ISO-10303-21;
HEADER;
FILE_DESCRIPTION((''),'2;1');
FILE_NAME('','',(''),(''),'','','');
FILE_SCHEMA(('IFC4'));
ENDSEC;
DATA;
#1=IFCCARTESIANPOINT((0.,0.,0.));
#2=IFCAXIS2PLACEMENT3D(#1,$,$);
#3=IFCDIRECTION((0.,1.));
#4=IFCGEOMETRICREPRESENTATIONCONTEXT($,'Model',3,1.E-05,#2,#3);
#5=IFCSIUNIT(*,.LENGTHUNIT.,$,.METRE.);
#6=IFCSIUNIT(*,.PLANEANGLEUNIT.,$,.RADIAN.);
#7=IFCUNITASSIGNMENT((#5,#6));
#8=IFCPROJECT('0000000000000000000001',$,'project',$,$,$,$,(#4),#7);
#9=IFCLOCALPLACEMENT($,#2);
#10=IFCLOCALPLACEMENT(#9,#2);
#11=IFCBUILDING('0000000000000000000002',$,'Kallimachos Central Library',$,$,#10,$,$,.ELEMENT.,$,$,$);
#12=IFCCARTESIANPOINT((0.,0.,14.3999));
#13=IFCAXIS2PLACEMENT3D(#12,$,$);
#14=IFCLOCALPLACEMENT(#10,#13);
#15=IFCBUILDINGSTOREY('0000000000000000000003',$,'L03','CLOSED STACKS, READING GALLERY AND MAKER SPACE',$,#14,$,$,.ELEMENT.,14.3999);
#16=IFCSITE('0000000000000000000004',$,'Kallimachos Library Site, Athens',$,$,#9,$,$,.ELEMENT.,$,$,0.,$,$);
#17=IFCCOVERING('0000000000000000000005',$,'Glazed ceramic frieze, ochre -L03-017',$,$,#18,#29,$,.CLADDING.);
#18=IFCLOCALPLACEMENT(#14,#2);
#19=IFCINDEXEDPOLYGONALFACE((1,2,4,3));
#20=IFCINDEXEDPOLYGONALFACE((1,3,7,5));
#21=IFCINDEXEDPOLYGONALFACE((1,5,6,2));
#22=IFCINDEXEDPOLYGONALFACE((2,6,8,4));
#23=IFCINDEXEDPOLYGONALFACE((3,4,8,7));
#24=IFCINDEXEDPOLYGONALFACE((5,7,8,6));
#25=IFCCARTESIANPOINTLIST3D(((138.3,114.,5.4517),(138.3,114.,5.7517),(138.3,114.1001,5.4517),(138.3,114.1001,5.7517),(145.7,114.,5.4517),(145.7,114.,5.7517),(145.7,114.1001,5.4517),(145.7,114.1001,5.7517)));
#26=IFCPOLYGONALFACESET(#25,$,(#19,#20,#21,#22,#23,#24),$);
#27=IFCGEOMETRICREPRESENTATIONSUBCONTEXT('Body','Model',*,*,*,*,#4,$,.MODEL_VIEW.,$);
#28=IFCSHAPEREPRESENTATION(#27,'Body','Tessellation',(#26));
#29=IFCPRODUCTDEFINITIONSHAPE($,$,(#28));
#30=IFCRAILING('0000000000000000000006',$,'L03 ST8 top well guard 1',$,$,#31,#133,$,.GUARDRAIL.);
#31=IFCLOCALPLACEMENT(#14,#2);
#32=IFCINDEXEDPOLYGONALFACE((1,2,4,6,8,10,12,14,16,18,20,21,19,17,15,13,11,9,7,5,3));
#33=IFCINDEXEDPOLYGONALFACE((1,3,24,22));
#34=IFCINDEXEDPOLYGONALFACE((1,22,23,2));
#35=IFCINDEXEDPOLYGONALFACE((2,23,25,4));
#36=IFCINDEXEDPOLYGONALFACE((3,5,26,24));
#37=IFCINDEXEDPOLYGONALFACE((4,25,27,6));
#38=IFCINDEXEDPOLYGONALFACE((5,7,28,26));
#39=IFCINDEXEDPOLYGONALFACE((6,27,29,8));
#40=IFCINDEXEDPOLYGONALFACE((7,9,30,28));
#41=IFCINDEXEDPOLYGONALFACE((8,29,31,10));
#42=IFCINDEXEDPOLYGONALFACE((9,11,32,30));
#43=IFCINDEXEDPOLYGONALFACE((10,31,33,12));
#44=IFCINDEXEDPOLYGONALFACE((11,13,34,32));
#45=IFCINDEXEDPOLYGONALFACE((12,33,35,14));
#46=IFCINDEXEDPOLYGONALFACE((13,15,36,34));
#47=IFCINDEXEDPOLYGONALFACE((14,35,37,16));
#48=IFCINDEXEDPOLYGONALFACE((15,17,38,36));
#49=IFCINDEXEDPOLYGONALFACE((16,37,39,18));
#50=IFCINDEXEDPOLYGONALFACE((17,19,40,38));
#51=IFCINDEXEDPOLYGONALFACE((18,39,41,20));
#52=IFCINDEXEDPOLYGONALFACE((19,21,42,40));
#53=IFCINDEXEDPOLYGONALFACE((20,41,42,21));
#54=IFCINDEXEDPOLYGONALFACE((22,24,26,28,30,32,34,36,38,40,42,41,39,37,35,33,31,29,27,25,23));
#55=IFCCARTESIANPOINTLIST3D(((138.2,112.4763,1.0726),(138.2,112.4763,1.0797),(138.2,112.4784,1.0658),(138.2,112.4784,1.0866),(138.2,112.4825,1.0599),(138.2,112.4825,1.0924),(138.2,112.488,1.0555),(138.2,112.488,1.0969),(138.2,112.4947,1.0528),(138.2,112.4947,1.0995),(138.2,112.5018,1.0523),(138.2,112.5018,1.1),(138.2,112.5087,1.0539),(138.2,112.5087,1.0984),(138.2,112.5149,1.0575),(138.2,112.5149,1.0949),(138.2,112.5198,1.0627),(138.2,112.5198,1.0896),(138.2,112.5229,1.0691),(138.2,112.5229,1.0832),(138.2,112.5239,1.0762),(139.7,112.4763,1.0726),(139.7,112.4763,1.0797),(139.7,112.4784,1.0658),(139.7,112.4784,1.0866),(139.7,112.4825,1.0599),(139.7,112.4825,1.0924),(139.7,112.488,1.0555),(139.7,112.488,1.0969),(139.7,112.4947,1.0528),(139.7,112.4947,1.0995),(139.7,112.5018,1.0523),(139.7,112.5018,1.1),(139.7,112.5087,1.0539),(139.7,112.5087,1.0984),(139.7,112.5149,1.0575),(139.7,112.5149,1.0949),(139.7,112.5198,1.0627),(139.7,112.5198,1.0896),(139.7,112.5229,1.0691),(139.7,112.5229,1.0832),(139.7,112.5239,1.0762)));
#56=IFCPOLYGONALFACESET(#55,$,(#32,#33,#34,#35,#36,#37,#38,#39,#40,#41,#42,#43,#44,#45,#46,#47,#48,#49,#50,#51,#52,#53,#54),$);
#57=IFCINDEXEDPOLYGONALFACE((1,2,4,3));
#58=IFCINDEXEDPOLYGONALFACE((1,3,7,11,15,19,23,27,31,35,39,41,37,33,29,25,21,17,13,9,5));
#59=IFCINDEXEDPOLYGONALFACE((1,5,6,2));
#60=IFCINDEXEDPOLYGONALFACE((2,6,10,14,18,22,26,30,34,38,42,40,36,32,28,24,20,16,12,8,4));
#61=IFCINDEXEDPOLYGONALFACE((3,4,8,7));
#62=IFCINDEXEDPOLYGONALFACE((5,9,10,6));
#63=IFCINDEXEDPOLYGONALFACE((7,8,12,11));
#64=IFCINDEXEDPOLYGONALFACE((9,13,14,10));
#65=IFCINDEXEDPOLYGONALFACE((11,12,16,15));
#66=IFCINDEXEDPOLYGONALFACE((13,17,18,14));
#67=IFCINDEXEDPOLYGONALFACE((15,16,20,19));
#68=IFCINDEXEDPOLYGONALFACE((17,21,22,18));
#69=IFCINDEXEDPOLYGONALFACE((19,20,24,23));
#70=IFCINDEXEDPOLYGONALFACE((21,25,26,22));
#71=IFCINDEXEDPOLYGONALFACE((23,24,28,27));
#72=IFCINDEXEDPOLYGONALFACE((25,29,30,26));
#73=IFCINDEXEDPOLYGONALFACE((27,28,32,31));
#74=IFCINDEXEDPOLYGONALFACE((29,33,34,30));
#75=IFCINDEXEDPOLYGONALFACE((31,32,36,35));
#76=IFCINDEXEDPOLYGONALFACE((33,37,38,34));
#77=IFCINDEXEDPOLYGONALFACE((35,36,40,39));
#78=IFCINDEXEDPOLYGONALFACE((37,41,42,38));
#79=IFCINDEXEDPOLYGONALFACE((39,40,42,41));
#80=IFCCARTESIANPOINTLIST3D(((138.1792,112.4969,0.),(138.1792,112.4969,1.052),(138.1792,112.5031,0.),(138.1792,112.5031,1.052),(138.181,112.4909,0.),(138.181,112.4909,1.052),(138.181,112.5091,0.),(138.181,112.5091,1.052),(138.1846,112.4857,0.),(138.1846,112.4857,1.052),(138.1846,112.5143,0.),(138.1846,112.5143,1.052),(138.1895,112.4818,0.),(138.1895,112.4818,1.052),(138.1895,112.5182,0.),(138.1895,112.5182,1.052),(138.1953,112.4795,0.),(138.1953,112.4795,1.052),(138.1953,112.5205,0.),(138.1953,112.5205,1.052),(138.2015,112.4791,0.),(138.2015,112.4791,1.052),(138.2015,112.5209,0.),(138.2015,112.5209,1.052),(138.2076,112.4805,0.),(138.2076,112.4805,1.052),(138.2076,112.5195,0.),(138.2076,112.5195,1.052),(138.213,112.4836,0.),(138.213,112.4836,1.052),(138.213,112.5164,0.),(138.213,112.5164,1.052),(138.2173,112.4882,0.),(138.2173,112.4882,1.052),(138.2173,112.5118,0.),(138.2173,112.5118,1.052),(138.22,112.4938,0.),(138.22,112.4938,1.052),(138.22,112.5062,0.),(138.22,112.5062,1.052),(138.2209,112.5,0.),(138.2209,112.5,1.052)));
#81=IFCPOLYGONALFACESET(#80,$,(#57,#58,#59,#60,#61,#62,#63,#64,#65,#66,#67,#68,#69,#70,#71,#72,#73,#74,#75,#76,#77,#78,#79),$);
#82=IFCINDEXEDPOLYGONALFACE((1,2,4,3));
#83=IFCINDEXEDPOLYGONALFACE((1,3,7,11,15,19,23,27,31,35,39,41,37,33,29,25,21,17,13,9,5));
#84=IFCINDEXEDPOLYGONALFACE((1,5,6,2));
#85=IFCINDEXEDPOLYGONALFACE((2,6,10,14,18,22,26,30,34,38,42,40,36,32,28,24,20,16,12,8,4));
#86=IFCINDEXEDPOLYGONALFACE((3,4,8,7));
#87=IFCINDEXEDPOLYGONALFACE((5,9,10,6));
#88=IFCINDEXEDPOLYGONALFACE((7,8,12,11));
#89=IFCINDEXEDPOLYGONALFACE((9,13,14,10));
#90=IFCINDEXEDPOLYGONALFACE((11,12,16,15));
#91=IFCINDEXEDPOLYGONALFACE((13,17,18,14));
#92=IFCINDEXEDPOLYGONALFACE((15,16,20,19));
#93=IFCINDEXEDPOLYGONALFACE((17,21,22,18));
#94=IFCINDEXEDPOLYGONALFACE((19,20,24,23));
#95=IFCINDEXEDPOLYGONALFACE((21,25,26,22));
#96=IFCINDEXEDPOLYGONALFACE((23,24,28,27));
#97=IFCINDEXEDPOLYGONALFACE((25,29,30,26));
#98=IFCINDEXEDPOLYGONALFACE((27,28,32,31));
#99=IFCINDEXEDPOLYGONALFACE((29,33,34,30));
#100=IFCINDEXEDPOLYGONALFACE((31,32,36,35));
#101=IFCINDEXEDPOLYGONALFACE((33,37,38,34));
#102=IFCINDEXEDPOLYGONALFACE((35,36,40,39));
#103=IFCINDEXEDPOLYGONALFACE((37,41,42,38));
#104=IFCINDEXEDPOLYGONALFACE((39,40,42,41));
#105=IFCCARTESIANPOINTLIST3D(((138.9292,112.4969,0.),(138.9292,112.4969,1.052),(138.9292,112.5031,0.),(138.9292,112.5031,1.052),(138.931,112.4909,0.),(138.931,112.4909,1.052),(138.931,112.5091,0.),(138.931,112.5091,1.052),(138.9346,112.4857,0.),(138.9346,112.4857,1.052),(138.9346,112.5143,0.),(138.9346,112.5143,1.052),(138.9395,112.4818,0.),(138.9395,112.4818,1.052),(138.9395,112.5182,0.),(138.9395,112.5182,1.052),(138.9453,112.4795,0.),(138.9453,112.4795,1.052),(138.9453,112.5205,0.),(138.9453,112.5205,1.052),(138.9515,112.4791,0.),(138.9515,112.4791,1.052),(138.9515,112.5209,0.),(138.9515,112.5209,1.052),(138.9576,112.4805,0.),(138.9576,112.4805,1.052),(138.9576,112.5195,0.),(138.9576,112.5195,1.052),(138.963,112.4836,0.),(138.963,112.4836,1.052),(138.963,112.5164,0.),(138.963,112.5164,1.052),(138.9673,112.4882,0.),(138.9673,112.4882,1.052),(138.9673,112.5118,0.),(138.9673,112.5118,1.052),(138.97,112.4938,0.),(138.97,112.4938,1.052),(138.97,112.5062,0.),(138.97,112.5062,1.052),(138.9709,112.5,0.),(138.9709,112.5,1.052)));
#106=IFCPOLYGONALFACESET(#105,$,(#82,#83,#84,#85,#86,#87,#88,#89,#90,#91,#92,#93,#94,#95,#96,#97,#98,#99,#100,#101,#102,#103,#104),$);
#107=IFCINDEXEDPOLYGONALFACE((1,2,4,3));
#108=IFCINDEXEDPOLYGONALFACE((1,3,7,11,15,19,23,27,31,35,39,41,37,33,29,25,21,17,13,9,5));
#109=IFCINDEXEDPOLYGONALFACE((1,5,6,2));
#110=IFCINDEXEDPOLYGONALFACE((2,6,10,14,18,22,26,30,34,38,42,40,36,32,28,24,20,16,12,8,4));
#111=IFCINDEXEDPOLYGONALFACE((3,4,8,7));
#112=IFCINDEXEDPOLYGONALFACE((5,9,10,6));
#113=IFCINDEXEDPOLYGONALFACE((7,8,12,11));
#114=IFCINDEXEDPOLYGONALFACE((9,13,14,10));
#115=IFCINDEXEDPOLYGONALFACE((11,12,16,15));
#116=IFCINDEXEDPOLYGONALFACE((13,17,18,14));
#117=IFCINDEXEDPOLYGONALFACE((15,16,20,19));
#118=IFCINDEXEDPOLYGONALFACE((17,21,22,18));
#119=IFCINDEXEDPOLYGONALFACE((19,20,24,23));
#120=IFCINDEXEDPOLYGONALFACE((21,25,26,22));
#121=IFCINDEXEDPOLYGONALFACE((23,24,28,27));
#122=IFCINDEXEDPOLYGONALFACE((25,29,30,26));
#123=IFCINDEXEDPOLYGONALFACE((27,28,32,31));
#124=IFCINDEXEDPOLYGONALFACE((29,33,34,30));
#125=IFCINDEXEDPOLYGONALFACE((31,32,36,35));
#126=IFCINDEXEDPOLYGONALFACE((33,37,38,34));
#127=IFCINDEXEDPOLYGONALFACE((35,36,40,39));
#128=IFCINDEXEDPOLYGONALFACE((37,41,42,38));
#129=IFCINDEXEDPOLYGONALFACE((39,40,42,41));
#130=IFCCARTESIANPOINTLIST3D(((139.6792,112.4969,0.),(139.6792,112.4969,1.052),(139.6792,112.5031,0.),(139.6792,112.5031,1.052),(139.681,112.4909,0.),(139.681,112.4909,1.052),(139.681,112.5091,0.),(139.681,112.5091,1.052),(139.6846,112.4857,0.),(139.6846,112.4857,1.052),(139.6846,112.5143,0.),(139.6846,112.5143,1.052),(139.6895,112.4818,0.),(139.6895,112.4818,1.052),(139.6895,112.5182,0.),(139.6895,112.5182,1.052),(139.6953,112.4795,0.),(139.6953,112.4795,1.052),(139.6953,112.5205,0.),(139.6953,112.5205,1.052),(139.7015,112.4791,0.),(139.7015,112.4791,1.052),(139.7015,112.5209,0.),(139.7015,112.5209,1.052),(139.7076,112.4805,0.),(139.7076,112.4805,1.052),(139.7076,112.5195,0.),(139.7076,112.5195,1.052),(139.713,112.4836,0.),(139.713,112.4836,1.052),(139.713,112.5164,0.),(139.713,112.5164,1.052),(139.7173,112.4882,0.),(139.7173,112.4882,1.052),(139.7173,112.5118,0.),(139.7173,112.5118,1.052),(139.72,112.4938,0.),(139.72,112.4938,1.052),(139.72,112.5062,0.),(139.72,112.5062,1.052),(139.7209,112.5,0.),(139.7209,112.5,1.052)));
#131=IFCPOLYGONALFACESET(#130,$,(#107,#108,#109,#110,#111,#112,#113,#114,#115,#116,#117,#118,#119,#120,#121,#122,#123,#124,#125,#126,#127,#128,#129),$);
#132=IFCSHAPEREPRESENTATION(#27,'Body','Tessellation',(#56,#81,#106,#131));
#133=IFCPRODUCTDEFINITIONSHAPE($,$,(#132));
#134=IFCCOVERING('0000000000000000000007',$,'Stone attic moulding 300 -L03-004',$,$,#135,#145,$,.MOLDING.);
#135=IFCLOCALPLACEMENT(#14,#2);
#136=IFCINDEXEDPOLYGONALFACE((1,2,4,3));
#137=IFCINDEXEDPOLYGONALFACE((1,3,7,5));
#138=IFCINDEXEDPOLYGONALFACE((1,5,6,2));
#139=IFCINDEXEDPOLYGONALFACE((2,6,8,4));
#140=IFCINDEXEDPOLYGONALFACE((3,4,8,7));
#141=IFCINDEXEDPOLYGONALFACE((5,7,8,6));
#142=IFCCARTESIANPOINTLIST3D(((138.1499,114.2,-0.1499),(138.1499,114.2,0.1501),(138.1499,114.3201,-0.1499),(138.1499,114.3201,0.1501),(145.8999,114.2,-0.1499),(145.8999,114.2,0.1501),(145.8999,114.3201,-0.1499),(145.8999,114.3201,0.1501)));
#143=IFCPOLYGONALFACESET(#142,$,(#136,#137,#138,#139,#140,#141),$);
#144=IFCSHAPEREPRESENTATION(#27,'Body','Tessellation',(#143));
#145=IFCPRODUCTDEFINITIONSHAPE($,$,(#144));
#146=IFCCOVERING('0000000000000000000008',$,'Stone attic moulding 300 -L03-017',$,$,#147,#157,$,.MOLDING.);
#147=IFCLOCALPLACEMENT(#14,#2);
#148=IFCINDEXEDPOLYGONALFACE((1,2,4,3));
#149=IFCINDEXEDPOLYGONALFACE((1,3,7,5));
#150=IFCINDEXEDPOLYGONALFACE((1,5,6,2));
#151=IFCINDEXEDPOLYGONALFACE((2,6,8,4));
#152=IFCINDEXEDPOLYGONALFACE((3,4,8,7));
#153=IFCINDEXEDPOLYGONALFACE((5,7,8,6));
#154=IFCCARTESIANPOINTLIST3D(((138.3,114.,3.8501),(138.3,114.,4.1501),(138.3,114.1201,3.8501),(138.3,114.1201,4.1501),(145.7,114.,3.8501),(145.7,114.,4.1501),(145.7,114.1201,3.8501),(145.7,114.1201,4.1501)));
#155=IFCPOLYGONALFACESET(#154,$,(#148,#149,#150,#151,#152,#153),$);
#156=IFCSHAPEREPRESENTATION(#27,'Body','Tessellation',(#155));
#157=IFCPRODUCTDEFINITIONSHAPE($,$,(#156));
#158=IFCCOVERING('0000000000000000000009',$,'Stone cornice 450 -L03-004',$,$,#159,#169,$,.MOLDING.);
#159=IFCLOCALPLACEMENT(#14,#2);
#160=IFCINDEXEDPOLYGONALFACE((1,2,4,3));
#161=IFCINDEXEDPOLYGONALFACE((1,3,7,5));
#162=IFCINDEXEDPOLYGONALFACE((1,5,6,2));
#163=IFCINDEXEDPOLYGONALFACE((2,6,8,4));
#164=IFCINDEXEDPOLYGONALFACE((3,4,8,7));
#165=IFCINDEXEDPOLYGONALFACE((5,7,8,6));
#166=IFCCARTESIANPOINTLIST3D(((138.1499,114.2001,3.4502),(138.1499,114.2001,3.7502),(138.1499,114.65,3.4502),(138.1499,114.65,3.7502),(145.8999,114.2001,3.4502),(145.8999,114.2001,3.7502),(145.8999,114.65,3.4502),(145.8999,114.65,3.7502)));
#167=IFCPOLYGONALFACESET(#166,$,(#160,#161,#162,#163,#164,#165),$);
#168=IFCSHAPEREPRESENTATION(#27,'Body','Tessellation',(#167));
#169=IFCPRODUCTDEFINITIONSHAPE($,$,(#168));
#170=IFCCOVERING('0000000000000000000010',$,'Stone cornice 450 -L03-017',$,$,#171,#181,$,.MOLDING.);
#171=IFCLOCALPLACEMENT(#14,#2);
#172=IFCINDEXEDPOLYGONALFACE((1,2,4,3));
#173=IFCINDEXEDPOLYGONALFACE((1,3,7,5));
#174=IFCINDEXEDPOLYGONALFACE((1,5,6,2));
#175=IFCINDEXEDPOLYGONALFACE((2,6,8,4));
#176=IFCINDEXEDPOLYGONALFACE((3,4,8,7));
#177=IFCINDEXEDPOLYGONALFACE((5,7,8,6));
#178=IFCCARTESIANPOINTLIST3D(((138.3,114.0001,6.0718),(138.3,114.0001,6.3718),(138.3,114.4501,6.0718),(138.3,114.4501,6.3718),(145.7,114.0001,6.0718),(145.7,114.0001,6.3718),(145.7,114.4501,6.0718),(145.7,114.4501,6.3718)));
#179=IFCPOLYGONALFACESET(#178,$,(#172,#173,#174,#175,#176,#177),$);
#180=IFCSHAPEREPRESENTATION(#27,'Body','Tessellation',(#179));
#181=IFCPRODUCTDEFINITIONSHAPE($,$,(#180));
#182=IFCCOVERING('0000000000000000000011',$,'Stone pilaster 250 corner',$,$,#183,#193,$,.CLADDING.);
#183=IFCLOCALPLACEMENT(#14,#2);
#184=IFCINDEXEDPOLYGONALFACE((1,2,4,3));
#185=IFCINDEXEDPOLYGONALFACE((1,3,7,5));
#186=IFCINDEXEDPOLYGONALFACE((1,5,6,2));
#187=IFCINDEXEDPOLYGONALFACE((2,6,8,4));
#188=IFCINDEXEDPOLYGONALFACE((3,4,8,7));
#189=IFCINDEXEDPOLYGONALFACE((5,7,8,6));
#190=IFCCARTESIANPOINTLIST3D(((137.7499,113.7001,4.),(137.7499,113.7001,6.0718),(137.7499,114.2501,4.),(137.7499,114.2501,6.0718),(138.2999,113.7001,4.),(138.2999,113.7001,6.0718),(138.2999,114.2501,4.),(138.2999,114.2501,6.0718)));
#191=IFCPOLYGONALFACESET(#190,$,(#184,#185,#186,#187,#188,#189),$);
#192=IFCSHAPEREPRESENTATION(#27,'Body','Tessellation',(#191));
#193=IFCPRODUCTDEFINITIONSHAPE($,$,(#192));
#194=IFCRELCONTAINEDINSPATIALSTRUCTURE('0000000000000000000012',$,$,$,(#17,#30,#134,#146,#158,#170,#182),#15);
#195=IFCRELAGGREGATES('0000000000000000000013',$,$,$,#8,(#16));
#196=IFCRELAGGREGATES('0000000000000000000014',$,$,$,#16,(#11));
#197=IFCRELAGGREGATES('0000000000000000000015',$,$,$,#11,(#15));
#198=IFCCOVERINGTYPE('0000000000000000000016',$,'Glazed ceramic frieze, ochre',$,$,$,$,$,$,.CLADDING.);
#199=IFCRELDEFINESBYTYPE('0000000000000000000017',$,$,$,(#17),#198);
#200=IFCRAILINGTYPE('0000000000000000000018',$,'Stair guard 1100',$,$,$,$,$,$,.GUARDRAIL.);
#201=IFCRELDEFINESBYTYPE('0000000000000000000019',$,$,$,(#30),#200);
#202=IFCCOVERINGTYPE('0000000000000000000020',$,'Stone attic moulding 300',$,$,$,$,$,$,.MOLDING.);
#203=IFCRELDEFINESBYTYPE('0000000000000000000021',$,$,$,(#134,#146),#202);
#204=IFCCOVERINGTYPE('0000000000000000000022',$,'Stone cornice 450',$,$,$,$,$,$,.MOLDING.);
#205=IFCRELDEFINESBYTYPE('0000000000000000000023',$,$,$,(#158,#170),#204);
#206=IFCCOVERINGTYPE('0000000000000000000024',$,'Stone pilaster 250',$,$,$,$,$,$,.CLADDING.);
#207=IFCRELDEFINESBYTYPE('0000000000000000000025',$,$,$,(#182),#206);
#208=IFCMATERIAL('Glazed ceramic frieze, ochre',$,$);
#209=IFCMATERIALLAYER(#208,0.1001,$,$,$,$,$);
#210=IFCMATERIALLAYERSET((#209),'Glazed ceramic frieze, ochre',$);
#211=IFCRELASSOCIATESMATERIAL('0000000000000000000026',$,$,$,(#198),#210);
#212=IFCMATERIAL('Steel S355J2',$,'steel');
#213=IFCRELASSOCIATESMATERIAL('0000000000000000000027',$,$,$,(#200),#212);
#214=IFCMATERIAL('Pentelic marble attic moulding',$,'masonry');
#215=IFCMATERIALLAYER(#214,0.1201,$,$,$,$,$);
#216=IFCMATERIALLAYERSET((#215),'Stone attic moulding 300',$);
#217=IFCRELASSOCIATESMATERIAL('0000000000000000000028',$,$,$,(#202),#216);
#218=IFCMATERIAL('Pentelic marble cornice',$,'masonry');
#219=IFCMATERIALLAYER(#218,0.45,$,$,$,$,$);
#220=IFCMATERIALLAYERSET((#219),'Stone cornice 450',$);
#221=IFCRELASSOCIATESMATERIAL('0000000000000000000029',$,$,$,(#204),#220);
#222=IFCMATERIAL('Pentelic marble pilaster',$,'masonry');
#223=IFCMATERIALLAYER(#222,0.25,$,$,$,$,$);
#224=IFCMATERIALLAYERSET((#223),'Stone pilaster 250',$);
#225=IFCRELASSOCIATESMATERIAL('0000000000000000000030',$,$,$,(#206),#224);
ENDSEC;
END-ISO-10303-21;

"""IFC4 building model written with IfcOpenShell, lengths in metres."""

from ifc_helpers import new_model, si_unit, direction, frame, origin, origin_2d, place, context, subcontext, project, spatial, rectangle, circle, extrude, material, layer, layer_set, type_object, element, save


model = new_model("IFC4")

# Units and contexts
model_context = context("Model", 3, precision=1e-05, world=origin(), true_north=direction((0.0, 1.0)))
body_context = subcontext(model_context, "Body", "Model", "MODEL_VIEW")
ifc_project = project(units=[si_unit("LENGTHUNIT", "METRE"), si_unit("PLANEANGLEUNIT", "RADIAN")], contexts=[model_context])

# Site, building, storey
site_placement = place(None, origin())
site = spatial("IfcSite", under=ifc_project, at=site_placement, Name="Kallimachos Library Site, Athens", CompositionType="ELEMENT", RefElevation=0.0)
building_placement = place(site_placement, origin())
building = spatial("IfcBuilding", under=site, at=building_placement, Name="Kallimachos Central Library", CompositionType="ELEMENT")
storey_placement = place(building_placement, frame((0.0, 0.0, 14.3999)))
storey = spatial("IfcBuildingStorey", under=building, at=storey_placement, Name="L03", Description="CLOSED STACKS, READING GALLERY AND MAKER SPACE", CompositionType="ELEMENT", Elevation=14.3999)

# Covering
ifc_material_1 = material(Name="Glazed ceramic frieze, ochre")
ifc_layer_1 = layer(ifc_material_1, 0.1001)
ifc_layer_set_1 = layer_set([ifc_layer_1], Name="Glazed ceramic frieze, ochre")
covering_type_1 = type_object("IfcCoveringType", Name="Glazed ceramic frieze, ochre", PredefinedType="CLADDING", material=ifc_layer_set_1)
covering_1_placement = place(storey_placement, frame((142.0, 114.05, 5.4517), z_axis=(0.0, 0.0, 1.0), x_axis=(1.0, 0.0, 0.0)))
element("IfcCovering", 1, at=covering_1_placement, inside=storey, type_object=covering_type_1, Name="Glazed ceramic frieze, ochre -L03-017", PredefinedType="CLADDING", context=body_context, shape_type="SweptSolid", body=[
    extrude(rectangle(XDim=7.3999, YDim=0.1001, at=origin_2d()), origin(), (0.0, 0.0, 1.0), 0.3),
])

# Railing
ifc_material_2 = material(Name="Steel S355J2", Category="steel")
railing_type = type_object("IfcRailingType", Name="Stair guard 1100", PredefinedType="GUARDRAIL", material=ifc_material_2)
railing_placement = place(storey_placement, frame((138.2, 112.5, 0.0)))
element("IfcRailing", 2, at=railing_placement, inside=storey, type_object=railing_type, Name="L03 ST8 top well guard 1", PredefinedType="GUARDRAIL", context=body_context, shape_type="SweptSolid", body=[
    extrude(circle(Radius=0.0239, at=origin_2d()), frame((0.0, 0.0, 1.0762), z_axis=(1.0, 0.0, 0.0), x_axis=(0.0, 1.0, 0.0)), (0.0, 0.0, 1.0), 1.5),
    extrude(circle(Radius=0.021, at=origin_2d()), origin(), (0.0, 0.0, 1.0), 1.052),
    extrude(circle(Radius=0.021, at=origin_2d()), frame((0.75, 0.0, 0.0)), (0.0, 0.0, 1.0), 1.052),
    extrude(circle(Radius=0.021, at=origin_2d()), frame((1.5, 0.0, 0.0)), (0.0, 0.0, 1.0), 1.052),
])

# Coverings
ifc_material_3 = material(Name="Pentelic marble attic moulding", Category="masonry")
ifc_layer_2 = layer(ifc_material_3, 0.1201)
ifc_layer_set_2 = layer_set([ifc_layer_2], Name="Stone attic moulding 300")
covering_type_2 = type_object("IfcCoveringType", Name="Stone attic moulding 300", PredefinedType="MOLDING", material=ifc_layer_set_2)
covering_2_placement = place(storey_placement, frame((142.0249, 114.26, -0.1499), z_axis=(0.0, 0.0, 1.0), x_axis=(1.0, 0.0, 0.0)))
element("IfcCovering", 3, at=covering_2_placement, inside=storey, type_object=covering_type_2, Name="Stone attic moulding 300 -L03-004", PredefinedType="MOLDING", context=body_context, shape_type="SweptSolid", body=[
    extrude(rectangle(XDim=7.75, YDim=0.1201, at=origin_2d()), origin(), (0.0, 0.0, 1.0), 0.3),
])
covering_3_placement = place(storey_placement, frame((142.0, 114.0601, 3.8501), z_axis=(0.0, 0.0, 1.0), x_axis=(1.0, 0.0, 0.0)))
element("IfcCovering", 4, at=covering_3_placement, inside=storey, type_object=covering_type_2, Name="Stone attic moulding 300 -L03-017", PredefinedType="MOLDING", context=body_context, shape_type="SweptSolid", body=[
    extrude(rectangle(XDim=7.3999, YDim=0.1201, at=origin_2d()), origin(), (0.0, 0.0, 1.0), 0.3),
])
ifc_material_4 = material(Name="Pentelic marble cornice", Category="masonry")
ifc_layer_3 = layer(ifc_material_4, 0.45)
ifc_layer_set_3 = layer_set([ifc_layer_3], Name="Stone cornice 450")
covering_type_3 = type_object("IfcCoveringType", Name="Stone cornice 450", PredefinedType="MOLDING", material=ifc_layer_set_3)
covering_4_placement = place(storey_placement, frame((142.0249, 114.425, 3.4502), z_axis=(0.0, 0.0, 1.0), x_axis=(1.0, 0.0, 0.0)))
element("IfcCovering", 5, at=covering_4_placement, inside=storey, type_object=covering_type_3, Name="Stone cornice 450 -L03-004", PredefinedType="MOLDING", context=body_context, shape_type="SweptSolid", body=[
    extrude(rectangle(XDim=7.75, YDim=0.45, at=origin_2d()), origin(), (0.0, 0.0, 1.0), 0.3),
])
covering_5_placement = place(storey_placement, frame((142.0, 114.2251, 6.0718), z_axis=(0.0, 0.0, 1.0), x_axis=(1.0, 0.0, 0.0)))
element("IfcCovering", 6, at=covering_5_placement, inside=storey, type_object=covering_type_3, Name="Stone cornice 450 -L03-017", PredefinedType="MOLDING", context=body_context, shape_type="SweptSolid", body=[
    extrude(rectangle(XDim=7.3999, YDim=0.45, at=origin_2d()), origin(), (0.0, 0.0, 1.0), 0.3),
])
ifc_material_5 = material(Name="Pentelic marble pilaster", Category="masonry")
ifc_layer_4 = layer(ifc_material_5, 0.25)
ifc_layer_set_4 = layer_set([ifc_layer_4], Name="Stone pilaster 250")
covering_type_4 = type_object("IfcCoveringType", Name="Stone pilaster 250", PredefinedType="CLADDING", material=ifc_layer_set_4)
covering_6_placement = place(storey_placement, frame((138.0249, 113.9751, 4.0), z_axis=(0.0, 0.0, 1.0), x_axis=(1.0, 0.0, 0.0)))
element("IfcCovering", 7, at=covering_6_placement, inside=storey, type_object=covering_type_4, Name="Stone pilaster 250 corner", PredefinedType="CLADDING", context=body_context, shape_type="SweptSolid", body=[
    extrude(rectangle(XDim=0.55, YDim=0.55, at=origin_2d()), origin(), (0.0, 0.0, 1.0), 2.0718),
])

save(model, "model.ifc")
